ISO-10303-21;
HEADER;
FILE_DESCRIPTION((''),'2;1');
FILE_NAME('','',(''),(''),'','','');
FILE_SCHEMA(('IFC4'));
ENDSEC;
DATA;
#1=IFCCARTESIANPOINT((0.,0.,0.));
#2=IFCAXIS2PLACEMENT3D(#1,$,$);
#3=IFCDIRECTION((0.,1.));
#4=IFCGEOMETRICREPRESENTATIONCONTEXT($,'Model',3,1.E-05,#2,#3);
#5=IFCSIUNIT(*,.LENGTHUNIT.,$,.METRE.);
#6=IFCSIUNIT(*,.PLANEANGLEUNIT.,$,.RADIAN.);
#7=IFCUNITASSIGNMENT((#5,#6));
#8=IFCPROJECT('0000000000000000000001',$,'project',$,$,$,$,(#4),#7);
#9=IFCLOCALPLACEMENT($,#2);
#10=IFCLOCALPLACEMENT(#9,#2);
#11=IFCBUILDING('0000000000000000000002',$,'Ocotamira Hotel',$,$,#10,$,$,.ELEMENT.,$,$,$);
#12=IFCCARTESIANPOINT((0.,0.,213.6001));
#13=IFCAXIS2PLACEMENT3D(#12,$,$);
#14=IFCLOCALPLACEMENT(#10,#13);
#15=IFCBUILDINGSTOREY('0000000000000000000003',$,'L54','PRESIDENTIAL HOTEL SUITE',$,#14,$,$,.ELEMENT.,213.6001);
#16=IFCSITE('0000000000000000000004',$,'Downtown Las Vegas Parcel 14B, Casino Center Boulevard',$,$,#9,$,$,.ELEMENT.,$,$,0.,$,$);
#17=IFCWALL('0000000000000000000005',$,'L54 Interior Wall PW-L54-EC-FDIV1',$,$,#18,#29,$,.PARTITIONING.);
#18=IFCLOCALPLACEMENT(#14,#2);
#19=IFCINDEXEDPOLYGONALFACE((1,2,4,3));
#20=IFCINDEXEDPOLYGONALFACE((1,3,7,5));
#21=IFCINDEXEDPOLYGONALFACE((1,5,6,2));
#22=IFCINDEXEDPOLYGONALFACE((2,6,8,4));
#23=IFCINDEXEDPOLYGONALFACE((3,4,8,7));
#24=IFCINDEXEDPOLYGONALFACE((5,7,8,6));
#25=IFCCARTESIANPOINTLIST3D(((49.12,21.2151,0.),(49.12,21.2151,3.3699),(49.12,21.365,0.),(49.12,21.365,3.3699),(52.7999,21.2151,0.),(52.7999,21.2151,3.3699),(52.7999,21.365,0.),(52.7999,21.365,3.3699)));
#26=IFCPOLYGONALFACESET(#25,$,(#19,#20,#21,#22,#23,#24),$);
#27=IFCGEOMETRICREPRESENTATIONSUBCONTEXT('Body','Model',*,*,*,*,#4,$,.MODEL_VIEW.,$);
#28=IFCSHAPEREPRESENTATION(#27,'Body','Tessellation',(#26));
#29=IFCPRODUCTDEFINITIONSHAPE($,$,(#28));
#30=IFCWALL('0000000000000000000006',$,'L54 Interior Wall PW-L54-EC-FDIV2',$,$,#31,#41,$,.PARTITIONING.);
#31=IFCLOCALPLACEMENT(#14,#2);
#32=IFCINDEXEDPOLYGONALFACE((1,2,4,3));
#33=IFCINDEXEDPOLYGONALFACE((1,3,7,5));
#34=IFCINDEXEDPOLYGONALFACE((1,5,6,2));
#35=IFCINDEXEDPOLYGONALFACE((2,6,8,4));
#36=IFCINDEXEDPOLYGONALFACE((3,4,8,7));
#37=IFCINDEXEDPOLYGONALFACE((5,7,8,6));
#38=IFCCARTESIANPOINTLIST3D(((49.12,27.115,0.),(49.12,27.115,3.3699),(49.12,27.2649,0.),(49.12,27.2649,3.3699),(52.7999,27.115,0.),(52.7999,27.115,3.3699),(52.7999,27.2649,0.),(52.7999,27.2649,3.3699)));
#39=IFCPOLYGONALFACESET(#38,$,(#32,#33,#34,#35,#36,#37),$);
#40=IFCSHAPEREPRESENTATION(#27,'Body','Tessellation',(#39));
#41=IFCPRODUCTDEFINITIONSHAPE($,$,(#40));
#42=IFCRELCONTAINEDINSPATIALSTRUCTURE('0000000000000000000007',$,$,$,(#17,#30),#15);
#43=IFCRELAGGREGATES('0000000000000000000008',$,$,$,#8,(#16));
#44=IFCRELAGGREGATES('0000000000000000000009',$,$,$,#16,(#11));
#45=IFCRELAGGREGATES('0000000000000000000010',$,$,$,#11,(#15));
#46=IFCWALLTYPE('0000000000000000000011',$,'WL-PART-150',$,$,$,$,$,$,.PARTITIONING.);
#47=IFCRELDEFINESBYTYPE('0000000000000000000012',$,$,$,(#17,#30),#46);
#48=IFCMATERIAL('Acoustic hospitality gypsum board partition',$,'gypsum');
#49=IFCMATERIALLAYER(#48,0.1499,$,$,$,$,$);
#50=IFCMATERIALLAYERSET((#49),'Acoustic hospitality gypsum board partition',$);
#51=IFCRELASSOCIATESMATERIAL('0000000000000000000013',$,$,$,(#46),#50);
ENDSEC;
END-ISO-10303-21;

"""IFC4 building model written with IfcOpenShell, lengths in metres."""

from ifc_helpers import new_model, si_unit, direction, frame, frame_2d, origin, place, context, subcontext, project, spatial, rectangle, extrude, material, layer, layer_set, type_object, element, save


model = new_model("IFC4")

# Units and contexts
model_context = context("Model", 3, precision=1e-05, world=origin(), true_north=direction((0.0, 1.0)))
body_context = subcontext(model_context, "Body", "Model", "MODEL_VIEW")
ifc_project = project(units=[si_unit("LENGTHUNIT", "METRE"), si_unit("PLANEANGLEUNIT", "RADIAN")], contexts=[model_context])

# Site, building, storey
site_placement = place(None, origin())
site = spatial("IfcSite", under=ifc_project, at=site_placement, Name="Downtown Las Vegas Parcel 14B, Casino Center Boulevard", CompositionType="ELEMENT", RefElevation=0.0)
building_placement = place(site_placement, origin())
building = spatial("IfcBuilding", under=site, at=building_placement, Name="Ocotamira Hotel", CompositionType="ELEMENT")
storey_placement = place(building_placement, frame((0.0, 0.0, 213.6001)))
storey = spatial("IfcBuildingStorey", under=building, at=storey_placement, Name="L54", Description="PRESIDENTIAL HOTEL SUITE", CompositionType="ELEMENT", Elevation=213.6001)

# Walls
ifc_material_1 = material(Name="Acoustic hospitality gypsum board partition", Category="gypsum")
ifc_layer_1 = layer(ifc_material_1, 0.1499)
ifc_layer_set_1 = layer_set([ifc_layer_1], Name="Acoustic hospitality gypsum board partition")
wall_type = type_object("IfcWallType", Name="WL-PART-150", PredefinedType="PARTITIONING", material=ifc_layer_set_1)
for number, where, z_axis, x_axis, name in (
    (1, (49.1201, 21.29, 0.0), (0.0, 0.0, 1.0), (1.0, 0.0, 0.0), "L54 Interior Wall PW-L54-EC-FDIV1"),
    (2, (49.1201, 27.1899, 0.0), (0.0, 0.0, 1.0), (1.0, 0.0, 0.0), "L54 Interior Wall PW-L54-EC-FDIV2"),
):
    element("IfcWall", number, at=place(storey_placement, frame(where, z_axis=z_axis, x_axis=x_axis)), inside=storey, type_object=wall_type, Name=name, PredefinedType="PARTITIONING", context=body_context, shape_type="SweptSolid", body=[
        extrude(rectangle(XDim=3.6799, YDim=0.1499, at=frame_2d((1.8398, 0.0))), origin(), (0.0, 0.0, 1.0), 3.3699),
    ])

save(model, "model.ifc")
